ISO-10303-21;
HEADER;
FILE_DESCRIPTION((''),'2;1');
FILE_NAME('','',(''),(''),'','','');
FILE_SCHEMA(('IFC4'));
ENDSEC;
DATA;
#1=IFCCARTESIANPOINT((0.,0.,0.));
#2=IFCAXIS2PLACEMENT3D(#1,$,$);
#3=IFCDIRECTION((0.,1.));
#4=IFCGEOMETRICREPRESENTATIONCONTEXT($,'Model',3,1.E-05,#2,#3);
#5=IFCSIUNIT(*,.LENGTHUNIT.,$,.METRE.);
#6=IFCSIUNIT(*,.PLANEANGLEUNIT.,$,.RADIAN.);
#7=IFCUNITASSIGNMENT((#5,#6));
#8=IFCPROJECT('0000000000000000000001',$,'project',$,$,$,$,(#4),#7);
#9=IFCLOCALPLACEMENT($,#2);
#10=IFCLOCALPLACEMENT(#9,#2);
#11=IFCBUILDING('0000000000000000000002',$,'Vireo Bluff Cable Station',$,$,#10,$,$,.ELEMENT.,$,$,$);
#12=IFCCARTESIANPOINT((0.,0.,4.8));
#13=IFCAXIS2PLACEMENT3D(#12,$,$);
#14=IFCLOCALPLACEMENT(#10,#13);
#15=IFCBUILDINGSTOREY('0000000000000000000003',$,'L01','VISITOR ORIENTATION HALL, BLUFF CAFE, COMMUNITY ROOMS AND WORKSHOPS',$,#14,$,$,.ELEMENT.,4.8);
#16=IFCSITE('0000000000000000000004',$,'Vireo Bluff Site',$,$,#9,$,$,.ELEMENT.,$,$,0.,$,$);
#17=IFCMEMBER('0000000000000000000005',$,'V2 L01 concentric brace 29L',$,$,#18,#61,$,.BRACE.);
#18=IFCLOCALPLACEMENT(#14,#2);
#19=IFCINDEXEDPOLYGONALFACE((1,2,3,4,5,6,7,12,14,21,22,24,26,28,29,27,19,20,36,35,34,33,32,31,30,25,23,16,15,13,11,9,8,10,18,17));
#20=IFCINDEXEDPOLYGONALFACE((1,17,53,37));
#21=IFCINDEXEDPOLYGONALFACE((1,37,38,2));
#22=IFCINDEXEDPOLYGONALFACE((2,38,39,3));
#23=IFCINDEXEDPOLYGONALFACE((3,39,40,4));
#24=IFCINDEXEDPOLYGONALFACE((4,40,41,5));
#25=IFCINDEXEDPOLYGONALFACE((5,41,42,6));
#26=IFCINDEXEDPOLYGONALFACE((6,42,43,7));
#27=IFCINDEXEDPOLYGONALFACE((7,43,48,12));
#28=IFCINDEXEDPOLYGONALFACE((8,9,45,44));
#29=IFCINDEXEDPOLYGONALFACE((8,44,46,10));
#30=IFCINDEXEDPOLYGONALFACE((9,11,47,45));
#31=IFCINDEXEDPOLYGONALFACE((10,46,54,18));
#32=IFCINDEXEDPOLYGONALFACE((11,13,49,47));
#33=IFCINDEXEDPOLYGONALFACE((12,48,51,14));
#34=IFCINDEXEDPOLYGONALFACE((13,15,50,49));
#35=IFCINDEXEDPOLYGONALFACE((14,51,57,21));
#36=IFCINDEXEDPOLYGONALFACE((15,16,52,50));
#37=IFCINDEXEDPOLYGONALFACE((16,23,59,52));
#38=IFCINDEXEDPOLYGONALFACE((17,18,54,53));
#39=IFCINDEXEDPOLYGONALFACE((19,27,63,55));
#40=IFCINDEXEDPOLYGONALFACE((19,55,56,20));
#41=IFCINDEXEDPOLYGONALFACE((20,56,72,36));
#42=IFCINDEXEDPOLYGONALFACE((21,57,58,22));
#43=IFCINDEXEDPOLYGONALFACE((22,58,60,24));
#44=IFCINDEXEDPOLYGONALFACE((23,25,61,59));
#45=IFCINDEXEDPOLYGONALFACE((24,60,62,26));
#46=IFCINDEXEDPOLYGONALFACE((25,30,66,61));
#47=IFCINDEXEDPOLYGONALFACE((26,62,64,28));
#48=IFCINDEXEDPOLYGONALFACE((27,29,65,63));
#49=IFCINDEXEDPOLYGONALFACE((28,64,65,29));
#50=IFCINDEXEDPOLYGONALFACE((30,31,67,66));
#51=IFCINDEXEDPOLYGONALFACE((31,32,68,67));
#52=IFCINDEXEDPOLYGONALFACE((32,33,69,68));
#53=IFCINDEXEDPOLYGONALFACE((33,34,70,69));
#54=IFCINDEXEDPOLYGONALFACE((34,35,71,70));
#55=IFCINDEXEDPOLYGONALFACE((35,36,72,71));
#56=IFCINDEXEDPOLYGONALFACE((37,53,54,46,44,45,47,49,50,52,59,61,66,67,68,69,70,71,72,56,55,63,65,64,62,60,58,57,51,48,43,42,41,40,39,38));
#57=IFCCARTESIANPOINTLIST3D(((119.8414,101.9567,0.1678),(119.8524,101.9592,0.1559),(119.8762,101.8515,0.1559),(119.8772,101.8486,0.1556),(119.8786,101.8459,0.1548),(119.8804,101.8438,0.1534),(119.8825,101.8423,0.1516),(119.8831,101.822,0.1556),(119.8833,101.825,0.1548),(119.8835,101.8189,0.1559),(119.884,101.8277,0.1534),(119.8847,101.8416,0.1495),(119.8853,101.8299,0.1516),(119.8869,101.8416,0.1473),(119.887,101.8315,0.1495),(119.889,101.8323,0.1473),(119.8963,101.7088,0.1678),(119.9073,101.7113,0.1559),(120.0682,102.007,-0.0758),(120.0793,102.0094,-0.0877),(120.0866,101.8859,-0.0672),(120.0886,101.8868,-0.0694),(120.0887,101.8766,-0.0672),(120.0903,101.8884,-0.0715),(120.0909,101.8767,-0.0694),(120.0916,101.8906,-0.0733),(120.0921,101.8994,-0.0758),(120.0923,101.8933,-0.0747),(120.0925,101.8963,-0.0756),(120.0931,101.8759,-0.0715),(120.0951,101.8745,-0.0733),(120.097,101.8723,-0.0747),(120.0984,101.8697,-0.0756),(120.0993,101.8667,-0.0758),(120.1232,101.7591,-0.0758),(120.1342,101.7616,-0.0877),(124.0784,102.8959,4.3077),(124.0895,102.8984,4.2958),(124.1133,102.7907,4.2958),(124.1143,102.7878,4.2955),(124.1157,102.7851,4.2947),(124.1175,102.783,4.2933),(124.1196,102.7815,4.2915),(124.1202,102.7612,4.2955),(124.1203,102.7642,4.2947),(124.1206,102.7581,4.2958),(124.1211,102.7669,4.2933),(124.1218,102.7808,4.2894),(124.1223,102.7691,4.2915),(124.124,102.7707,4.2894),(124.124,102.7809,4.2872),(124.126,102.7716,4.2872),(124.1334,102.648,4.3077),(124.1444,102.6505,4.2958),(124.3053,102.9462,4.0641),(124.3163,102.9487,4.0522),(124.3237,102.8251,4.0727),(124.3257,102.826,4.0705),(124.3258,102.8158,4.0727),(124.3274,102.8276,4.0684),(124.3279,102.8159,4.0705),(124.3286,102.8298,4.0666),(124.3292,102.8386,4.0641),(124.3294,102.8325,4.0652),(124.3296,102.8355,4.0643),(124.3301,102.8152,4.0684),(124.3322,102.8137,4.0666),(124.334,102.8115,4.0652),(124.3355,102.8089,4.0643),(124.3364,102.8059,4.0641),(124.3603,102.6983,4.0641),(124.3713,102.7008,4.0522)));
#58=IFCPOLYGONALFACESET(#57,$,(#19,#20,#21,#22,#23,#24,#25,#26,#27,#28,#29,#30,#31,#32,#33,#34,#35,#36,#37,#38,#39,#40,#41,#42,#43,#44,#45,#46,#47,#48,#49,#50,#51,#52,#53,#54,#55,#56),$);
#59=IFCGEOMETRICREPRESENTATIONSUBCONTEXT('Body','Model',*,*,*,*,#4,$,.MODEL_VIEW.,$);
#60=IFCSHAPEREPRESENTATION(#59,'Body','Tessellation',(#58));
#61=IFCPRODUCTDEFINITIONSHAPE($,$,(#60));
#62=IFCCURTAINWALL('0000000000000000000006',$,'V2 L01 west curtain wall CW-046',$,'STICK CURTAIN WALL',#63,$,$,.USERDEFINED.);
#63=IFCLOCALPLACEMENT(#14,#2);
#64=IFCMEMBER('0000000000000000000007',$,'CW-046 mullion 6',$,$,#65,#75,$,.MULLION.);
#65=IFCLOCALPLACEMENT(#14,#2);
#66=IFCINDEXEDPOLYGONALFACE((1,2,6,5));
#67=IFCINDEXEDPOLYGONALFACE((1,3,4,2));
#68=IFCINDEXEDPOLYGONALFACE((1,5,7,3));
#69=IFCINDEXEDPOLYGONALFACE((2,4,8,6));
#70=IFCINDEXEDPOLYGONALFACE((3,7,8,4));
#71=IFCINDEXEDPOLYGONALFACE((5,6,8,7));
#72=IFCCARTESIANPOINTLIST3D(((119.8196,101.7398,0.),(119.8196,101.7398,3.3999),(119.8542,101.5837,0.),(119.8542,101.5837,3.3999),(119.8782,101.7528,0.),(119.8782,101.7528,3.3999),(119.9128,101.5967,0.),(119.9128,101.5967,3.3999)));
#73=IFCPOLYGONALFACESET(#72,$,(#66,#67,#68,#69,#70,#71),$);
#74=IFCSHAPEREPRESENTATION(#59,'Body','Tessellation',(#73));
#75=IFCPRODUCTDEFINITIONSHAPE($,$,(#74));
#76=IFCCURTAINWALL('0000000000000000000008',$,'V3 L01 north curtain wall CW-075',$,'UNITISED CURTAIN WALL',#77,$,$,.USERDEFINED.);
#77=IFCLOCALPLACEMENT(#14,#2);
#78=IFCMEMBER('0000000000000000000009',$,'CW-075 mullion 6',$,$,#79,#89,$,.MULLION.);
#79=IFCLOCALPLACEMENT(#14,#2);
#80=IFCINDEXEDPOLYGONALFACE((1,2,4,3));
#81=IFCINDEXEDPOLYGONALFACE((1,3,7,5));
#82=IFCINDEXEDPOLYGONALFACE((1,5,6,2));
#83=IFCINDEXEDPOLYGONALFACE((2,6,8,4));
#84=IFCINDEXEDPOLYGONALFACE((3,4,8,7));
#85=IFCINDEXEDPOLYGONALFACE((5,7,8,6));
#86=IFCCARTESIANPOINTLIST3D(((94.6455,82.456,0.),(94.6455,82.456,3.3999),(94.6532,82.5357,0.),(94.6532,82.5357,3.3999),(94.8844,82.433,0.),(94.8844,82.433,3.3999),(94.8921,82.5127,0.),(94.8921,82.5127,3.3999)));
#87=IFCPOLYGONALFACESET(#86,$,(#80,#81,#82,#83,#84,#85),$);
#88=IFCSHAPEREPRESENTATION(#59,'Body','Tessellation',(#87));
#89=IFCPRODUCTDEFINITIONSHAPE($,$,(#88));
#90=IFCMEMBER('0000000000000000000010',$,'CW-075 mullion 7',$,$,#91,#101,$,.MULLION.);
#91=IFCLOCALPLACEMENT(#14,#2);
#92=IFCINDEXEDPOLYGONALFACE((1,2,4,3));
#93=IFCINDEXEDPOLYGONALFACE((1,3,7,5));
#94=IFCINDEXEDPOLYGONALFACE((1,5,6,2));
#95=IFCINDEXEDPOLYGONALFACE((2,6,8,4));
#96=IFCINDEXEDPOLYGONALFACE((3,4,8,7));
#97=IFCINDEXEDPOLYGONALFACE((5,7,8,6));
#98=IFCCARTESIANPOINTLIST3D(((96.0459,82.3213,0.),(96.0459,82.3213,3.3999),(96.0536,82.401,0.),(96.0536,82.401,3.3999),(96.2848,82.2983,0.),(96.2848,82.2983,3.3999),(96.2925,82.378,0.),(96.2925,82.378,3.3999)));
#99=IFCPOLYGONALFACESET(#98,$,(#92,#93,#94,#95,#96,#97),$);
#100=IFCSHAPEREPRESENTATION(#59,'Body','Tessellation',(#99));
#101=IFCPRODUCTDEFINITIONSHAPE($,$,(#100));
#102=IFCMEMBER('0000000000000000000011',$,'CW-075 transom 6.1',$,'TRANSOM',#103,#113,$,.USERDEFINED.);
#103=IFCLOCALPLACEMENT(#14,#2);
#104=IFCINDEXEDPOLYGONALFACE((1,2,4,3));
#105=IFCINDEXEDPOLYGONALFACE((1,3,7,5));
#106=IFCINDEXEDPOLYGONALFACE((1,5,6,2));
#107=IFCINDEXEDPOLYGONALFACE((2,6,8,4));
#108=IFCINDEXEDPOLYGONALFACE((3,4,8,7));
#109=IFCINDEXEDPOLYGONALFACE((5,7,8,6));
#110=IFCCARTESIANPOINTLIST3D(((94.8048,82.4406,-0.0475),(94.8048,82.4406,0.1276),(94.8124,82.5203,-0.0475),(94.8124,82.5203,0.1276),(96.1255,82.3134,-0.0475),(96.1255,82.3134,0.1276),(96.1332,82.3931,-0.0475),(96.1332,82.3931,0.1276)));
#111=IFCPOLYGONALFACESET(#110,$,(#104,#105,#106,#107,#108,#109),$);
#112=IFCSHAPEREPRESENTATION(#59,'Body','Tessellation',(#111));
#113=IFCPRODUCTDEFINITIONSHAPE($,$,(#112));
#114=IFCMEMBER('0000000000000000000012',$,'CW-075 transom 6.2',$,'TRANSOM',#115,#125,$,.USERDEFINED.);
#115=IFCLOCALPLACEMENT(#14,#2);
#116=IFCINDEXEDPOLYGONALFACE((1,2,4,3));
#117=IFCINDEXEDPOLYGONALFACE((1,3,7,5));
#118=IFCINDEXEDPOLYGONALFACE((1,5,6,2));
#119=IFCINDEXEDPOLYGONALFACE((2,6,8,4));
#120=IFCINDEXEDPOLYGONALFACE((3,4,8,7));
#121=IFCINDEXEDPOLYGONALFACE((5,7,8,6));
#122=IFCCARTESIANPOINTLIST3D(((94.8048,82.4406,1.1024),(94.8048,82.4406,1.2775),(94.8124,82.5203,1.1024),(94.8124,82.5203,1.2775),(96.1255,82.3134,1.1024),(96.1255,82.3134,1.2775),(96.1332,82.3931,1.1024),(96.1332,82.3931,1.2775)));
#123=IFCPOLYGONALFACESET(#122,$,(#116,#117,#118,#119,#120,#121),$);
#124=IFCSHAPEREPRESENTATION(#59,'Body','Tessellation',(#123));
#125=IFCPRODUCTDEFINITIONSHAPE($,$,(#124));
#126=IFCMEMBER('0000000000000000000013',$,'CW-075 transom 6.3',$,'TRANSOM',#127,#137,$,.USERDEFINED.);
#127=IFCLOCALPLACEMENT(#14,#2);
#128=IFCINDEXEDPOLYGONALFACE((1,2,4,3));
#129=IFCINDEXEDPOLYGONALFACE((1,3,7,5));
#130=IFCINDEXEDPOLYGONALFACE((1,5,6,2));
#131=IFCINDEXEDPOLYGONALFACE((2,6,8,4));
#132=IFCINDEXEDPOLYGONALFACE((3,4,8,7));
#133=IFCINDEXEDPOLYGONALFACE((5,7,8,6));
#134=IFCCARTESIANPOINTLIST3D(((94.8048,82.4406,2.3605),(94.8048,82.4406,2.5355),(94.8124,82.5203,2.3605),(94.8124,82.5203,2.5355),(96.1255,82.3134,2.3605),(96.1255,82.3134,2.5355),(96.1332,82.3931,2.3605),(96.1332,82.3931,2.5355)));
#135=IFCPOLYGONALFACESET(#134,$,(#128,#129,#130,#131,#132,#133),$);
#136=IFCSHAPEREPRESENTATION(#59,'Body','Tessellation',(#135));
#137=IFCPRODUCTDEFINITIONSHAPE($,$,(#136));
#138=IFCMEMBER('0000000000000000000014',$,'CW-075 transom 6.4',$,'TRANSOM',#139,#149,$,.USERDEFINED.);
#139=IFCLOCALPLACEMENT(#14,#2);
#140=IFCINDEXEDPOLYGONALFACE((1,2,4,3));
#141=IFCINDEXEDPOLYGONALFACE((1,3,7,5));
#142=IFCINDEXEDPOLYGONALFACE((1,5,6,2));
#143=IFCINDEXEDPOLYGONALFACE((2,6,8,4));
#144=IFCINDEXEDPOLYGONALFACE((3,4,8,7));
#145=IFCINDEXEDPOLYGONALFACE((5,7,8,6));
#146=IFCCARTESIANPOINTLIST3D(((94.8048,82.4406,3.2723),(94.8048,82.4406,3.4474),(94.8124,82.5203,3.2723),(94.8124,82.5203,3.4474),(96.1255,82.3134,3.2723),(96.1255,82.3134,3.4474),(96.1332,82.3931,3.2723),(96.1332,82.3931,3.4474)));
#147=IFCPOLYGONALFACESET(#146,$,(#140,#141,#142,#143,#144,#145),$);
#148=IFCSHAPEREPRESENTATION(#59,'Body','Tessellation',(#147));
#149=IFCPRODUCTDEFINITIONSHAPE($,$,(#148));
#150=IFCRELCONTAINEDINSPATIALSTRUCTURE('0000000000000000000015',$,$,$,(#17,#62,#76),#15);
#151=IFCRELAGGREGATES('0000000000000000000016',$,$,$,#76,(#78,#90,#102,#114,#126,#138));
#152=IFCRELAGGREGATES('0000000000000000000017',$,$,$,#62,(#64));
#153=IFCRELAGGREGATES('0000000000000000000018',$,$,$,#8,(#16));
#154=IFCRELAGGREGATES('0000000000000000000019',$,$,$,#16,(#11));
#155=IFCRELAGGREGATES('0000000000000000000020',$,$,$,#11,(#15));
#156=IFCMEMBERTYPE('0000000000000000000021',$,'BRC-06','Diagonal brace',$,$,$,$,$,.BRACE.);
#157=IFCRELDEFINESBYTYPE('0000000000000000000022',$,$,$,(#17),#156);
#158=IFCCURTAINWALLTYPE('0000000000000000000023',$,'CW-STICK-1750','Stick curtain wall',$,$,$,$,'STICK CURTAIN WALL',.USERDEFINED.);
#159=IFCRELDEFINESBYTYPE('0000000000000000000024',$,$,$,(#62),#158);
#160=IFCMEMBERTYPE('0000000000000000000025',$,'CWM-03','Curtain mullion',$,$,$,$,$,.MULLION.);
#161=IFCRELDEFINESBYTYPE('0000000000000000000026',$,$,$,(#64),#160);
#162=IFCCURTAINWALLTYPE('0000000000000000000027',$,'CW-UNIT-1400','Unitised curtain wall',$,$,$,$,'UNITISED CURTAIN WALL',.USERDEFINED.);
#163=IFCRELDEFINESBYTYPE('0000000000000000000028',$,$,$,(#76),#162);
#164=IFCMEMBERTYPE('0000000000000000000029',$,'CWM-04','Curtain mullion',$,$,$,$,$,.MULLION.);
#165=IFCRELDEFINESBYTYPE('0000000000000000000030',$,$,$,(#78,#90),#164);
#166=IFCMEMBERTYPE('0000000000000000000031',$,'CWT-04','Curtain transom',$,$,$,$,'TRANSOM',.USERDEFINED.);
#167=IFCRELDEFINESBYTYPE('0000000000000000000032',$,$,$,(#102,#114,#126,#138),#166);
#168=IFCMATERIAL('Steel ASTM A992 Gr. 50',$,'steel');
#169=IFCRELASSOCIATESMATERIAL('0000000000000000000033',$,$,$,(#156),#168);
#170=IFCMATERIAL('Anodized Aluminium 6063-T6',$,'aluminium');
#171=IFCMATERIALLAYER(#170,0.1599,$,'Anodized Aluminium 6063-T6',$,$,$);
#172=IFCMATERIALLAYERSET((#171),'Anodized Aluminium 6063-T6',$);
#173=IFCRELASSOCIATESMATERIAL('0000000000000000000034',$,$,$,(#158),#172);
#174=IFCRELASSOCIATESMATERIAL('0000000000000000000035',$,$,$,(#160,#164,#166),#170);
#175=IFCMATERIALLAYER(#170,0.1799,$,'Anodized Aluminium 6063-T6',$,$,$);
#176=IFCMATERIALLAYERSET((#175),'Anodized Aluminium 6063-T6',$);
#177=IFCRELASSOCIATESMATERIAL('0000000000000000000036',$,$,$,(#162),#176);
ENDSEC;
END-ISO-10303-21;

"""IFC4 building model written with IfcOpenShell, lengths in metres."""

from ifc_helpers import new_model, si_unit, direction, frame, origin, origin_2d, place, context, subcontext, project, spatial, rectangle, i_section, extrude, material, layer, layer_set, material_profile, profile_set, type_object, element, aggregate, save


model = new_model("IFC4")

# Units and contexts
model_context = context("Model", 3, precision=1e-05, world=origin(), true_north=direction((0.0, 1.0)))
body_context = subcontext(model_context, "Body", "Model", "MODEL_VIEW")
ifc_project = project(units=[si_unit("LENGTHUNIT", "METRE"), si_unit("PLANEANGLEUNIT", "RADIAN")], contexts=[model_context])

# Site, building, storey
site_placement = place(None, origin())
site = spatial("IfcSite", under=ifc_project, at=site_placement, Name="Vireo Bluff Site", CompositionType="ELEMENT", RefElevation=0.0)
building_placement = place(site_placement, origin())
building = spatial("IfcBuilding", under=site, at=building_placement, Name="Vireo Bluff Cable Station", CompositionType="ELEMENT")
storey_placement = place(building_placement, frame((0.0, 0.0, 4.8)))
storey = spatial("IfcBuildingStorey", under=building, at=storey_placement, Name="L01", Description="VISITOR ORIENTATION HALL, BLUFF CAFE, COMMUNITY ROOMS AND WORKSHOPS", CompositionType="ELEMENT", Elevation=4.8)

# Shared definitions
ifc_material_1 = material(Name="Steel ASTM A992 Gr. 50", Category="steel")

# Member
ifc_material_profile_1 = material_profile(ifc_material_1, i_section(OverallWidth=0.2539, OverallDepth=0.353, WebThickness=0.0095, FlangeThickness=0.0164, FilletRadius=0.012, at=origin_2d()), Name="W14X61")
ifc_profile_set_1 = profile_set([ifc_material_profile_1], Name="Steel ASTM A992 Gr. 50")
member_type_1 = type_object("IfcMemberType", Name="BRC-06", Description="Diagonal brace", PredefinedType="BRACE", material=ifc_profile_set_1)
member_1_placement = place(storey_placement, frame((119.9878, 101.8591, 0.04), z_axis=(0.706437, 0.156592, 0.690236), x_axis=(-0.216412, 0.976302, 0.0)))
element("IfcMember", 1, at=member_1_placement, inside=storey, type_object=member_type_1, Name="V2 L01 concentric brace 29L", PredefinedType="BRACE", context=body_context, shape_type="SweptSolid", body=[
    extrude(i_section(OverallWidth=0.2539, OverallDepth=0.353, WebThickness=0.0095, FlangeThickness=0.0164, FilletRadius=0.012, at=origin_2d()), origin(), (0.0, 0.0, 1.0), 5.9978),
])

# Curtain wall, member
ifc_material_2 = material(Name="Anodized Aluminium 6063-T6", Category="aluminium")
ifc_layer_1 = layer(ifc_material_2, 0.1599, Name="Anodized Aluminium 6063-T6")
ifc_layer_set_1 = layer_set([ifc_layer_1], Name="Anodized Aluminium 6063-T6")
curtain_wall_type_1 = type_object("IfcCurtainWallType", Name="CW-STICK-1750", Description="Stick curtain wall", ElementType="STICK CURTAIN WALL", PredefinedType="USERDEFINED", material=ifc_layer_set_1)
curtain_wall_1_placement = place(storey_placement, origin())
curtain_wall_1 = element("IfcCurtainWall", 2, at=curtain_wall_1_placement, inside=storey, type_object=curtain_wall_type_1, Name="V2 L01 west curtain wall CW-046", ObjectType="STICK CURTAIN WALL", PredefinedType="USERDEFINED")
ifc_material_profile_2 = material_profile(ifc_material_2, rectangle(XDim=0.0601, YDim=0.1599, at=origin_2d()), Name="ALU-M-60X160")
ifc_profile_set_2 = profile_set([ifc_material_profile_2], Name="Anodized Aluminium 6063-T6")
member_type_2 = type_object("IfcMemberType", Name="CWM-03", Description="Curtain mullion", PredefinedType="MULLION", material=ifc_profile_set_2)
member_2_placement = place(storey_placement, frame((119.8662, 101.6682, 0.0), z_axis=(0.0, 0.0, 1.0), x_axis=(-0.976296, -0.21644, 0.0)))
member_2 = element("IfcMember", 3, at=member_2_placement, type_object=member_type_2, Name="CW-046 mullion 6", PredefinedType="MULLION", context=body_context, shape_type="SweptSolid", body=[
    extrude(rectangle(XDim=0.0601, YDim=0.1599, at=origin_2d()), origin(), (0.0, 0.0, 1.0), 3.3999),
])

# Curtain wall, members
ifc_layer_2 = layer(ifc_material_2, 0.1799, Name="Anodized Aluminium 6063-T6")
ifc_layer_set_2 = layer_set([ifc_layer_2], Name="Anodized Aluminium 6063-T6")
curtain_wall_type_2 = type_object("IfcCurtainWallType", Name="CW-UNIT-1400", Description="Unitised curtain wall", ElementType="UNITISED CURTAIN WALL", PredefinedType="USERDEFINED", material=ifc_layer_set_2)
curtain_wall_2_placement = place(storey_placement, origin())
curtain_wall_2 = element("IfcCurtainWall", 4, at=curtain_wall_2_placement, inside=storey, type_object=curtain_wall_type_2, Name="V3 L01 north curtain wall CW-075", ObjectType="UNITISED CURTAIN WALL", PredefinedType="USERDEFINED")
ifc_material_profile_3 = material_profile(ifc_material_2, rectangle(XDim=0.0801, YDim=0.24, at=origin_2d()), Name="ALU-M-80X240")
ifc_profile_set_3 = profile_set([ifc_material_profile_3], Name="Anodized Aluminium 6063-T6")
member_type_3 = type_object("IfcMemberType", Name="CWM-04", Description="Curtain mullion", PredefinedType="MULLION", material=ifc_profile_set_3)
member_3_placement = place(storey_placement, frame((94.7688, 82.4844, 0.0), z_axis=(0.0, 0.0, 1.0), x_axis=(0.095846, 0.995396, 0.0)))
member_3 = element("IfcMember", 5, at=member_3_placement, type_object=member_type_3, Name="CW-075 mullion 6", PredefinedType="MULLION", context=body_context, shape_type="SweptSolid", body=[
    extrude(rectangle(XDim=0.0801, YDim=0.24, at=origin_2d()), origin(), (0.0, 0.0, 1.0), 3.3999),
])
member_4_placement = place(storey_placement, frame((96.1692, 82.3496, 0.0), z_axis=(0.0, 0.0, 1.0), x_axis=(0.095846, 0.995396, 0.0)))
member_4 = element("IfcMember", 6, at=member_4_placement, type_object=member_type_3, Name="CW-075 mullion 7", PredefinedType="MULLION", context=body_context, shape_type="SweptSolid", body=[
    extrude(rectangle(XDim=0.0801, YDim=0.24, at=origin_2d()), origin(), (0.0, 0.0, 1.0), 3.3999),
])
ifc_material_profile_4 = material_profile(ifc_material_2, rectangle(XDim=0.0801, YDim=0.175, at=origin_2d()), Name="ALU-T-80X175")
ifc_profile_set_4 = profile_set([ifc_material_profile_4], Name="Anodized Aluminium 6063-T6")
member_type_4 = type_object("IfcMemberType", Name="CWT-04", Description="Curtain transom", ElementType="TRANSOM", PredefinedType="USERDEFINED", material=ifc_profile_set_4)
member_5_placement = place(storey_placement, frame((94.8086, 82.4805, 0.04), z_axis=(0.995395, -0.09586, 0.0), x_axis=(0.09586, 0.995395, 0.0)))
member_5 = element("IfcMember", 7, at=member_5_placement, type_object=member_type_4, Name="CW-075 transom 6.1", ObjectType="TRANSOM", PredefinedType="USERDEFINED", context=body_context, shape_type="SweptSolid", body=[
    extrude(rectangle(XDim=0.0801, YDim=0.175, at=origin_2d()), origin(), (0.0, 0.0, 1.0), 1.3269),
])
member_6_placement = place(storey_placement, frame((94.8086, 82.4805, 1.1899), z_axis=(0.995395, -0.09586, 0.0), x_axis=(0.09586, 0.995395, 0.0)))
member_6 = element("IfcMember", 8, at=member_6_placement, type_object=member_type_4, Name="CW-075 transom 6.2", ObjectType="TRANSOM", PredefinedType="USERDEFINED", context=body_context, shape_type="SweptSolid", body=[
    extrude(rectangle(XDim=0.0801, YDim=0.175, at=origin_2d()), origin(), (0.0, 0.0, 1.0), 1.3269),
])
member_7_placement = place(storey_placement, frame((94.8086, 82.4805, 2.448), z_axis=(0.995395, -0.09586, 0.0), x_axis=(0.09586, 0.995395, 0.0)))
member_7 = element("IfcMember", 9, at=member_7_placement, type_object=member_type_4, Name="CW-075 transom 6.3", ObjectType="TRANSOM", PredefinedType="USERDEFINED", context=body_context, shape_type="SweptSolid", body=[
    extrude(rectangle(XDim=0.0801, YDim=0.175, at=origin_2d()), origin(), (0.0, 0.0, 1.0), 1.3269),
])
member_8_placement = place(storey_placement, frame((94.8086, 82.4805, 3.3599), z_axis=(0.995395, -0.09586, 0.0), x_axis=(0.09586, 0.995395, 0.0)))
member_8 = element("IfcMember", 10, at=member_8_placement, type_object=member_type_4, Name="CW-075 transom 6.4", ObjectType="TRANSOM", PredefinedType="USERDEFINED", context=body_context, shape_type="SweptSolid", body=[
    extrude(rectangle(XDim=0.0801, YDim=0.175, at=origin_2d()), origin(), (0.0, 0.0, 1.0), 1.3269),
])

aggregate(curtain_wall_2, [member_3, member_4, member_5, member_6, member_7, member_8])
aggregate(curtain_wall_1, [member_2])

save(model, "model.ifc")
